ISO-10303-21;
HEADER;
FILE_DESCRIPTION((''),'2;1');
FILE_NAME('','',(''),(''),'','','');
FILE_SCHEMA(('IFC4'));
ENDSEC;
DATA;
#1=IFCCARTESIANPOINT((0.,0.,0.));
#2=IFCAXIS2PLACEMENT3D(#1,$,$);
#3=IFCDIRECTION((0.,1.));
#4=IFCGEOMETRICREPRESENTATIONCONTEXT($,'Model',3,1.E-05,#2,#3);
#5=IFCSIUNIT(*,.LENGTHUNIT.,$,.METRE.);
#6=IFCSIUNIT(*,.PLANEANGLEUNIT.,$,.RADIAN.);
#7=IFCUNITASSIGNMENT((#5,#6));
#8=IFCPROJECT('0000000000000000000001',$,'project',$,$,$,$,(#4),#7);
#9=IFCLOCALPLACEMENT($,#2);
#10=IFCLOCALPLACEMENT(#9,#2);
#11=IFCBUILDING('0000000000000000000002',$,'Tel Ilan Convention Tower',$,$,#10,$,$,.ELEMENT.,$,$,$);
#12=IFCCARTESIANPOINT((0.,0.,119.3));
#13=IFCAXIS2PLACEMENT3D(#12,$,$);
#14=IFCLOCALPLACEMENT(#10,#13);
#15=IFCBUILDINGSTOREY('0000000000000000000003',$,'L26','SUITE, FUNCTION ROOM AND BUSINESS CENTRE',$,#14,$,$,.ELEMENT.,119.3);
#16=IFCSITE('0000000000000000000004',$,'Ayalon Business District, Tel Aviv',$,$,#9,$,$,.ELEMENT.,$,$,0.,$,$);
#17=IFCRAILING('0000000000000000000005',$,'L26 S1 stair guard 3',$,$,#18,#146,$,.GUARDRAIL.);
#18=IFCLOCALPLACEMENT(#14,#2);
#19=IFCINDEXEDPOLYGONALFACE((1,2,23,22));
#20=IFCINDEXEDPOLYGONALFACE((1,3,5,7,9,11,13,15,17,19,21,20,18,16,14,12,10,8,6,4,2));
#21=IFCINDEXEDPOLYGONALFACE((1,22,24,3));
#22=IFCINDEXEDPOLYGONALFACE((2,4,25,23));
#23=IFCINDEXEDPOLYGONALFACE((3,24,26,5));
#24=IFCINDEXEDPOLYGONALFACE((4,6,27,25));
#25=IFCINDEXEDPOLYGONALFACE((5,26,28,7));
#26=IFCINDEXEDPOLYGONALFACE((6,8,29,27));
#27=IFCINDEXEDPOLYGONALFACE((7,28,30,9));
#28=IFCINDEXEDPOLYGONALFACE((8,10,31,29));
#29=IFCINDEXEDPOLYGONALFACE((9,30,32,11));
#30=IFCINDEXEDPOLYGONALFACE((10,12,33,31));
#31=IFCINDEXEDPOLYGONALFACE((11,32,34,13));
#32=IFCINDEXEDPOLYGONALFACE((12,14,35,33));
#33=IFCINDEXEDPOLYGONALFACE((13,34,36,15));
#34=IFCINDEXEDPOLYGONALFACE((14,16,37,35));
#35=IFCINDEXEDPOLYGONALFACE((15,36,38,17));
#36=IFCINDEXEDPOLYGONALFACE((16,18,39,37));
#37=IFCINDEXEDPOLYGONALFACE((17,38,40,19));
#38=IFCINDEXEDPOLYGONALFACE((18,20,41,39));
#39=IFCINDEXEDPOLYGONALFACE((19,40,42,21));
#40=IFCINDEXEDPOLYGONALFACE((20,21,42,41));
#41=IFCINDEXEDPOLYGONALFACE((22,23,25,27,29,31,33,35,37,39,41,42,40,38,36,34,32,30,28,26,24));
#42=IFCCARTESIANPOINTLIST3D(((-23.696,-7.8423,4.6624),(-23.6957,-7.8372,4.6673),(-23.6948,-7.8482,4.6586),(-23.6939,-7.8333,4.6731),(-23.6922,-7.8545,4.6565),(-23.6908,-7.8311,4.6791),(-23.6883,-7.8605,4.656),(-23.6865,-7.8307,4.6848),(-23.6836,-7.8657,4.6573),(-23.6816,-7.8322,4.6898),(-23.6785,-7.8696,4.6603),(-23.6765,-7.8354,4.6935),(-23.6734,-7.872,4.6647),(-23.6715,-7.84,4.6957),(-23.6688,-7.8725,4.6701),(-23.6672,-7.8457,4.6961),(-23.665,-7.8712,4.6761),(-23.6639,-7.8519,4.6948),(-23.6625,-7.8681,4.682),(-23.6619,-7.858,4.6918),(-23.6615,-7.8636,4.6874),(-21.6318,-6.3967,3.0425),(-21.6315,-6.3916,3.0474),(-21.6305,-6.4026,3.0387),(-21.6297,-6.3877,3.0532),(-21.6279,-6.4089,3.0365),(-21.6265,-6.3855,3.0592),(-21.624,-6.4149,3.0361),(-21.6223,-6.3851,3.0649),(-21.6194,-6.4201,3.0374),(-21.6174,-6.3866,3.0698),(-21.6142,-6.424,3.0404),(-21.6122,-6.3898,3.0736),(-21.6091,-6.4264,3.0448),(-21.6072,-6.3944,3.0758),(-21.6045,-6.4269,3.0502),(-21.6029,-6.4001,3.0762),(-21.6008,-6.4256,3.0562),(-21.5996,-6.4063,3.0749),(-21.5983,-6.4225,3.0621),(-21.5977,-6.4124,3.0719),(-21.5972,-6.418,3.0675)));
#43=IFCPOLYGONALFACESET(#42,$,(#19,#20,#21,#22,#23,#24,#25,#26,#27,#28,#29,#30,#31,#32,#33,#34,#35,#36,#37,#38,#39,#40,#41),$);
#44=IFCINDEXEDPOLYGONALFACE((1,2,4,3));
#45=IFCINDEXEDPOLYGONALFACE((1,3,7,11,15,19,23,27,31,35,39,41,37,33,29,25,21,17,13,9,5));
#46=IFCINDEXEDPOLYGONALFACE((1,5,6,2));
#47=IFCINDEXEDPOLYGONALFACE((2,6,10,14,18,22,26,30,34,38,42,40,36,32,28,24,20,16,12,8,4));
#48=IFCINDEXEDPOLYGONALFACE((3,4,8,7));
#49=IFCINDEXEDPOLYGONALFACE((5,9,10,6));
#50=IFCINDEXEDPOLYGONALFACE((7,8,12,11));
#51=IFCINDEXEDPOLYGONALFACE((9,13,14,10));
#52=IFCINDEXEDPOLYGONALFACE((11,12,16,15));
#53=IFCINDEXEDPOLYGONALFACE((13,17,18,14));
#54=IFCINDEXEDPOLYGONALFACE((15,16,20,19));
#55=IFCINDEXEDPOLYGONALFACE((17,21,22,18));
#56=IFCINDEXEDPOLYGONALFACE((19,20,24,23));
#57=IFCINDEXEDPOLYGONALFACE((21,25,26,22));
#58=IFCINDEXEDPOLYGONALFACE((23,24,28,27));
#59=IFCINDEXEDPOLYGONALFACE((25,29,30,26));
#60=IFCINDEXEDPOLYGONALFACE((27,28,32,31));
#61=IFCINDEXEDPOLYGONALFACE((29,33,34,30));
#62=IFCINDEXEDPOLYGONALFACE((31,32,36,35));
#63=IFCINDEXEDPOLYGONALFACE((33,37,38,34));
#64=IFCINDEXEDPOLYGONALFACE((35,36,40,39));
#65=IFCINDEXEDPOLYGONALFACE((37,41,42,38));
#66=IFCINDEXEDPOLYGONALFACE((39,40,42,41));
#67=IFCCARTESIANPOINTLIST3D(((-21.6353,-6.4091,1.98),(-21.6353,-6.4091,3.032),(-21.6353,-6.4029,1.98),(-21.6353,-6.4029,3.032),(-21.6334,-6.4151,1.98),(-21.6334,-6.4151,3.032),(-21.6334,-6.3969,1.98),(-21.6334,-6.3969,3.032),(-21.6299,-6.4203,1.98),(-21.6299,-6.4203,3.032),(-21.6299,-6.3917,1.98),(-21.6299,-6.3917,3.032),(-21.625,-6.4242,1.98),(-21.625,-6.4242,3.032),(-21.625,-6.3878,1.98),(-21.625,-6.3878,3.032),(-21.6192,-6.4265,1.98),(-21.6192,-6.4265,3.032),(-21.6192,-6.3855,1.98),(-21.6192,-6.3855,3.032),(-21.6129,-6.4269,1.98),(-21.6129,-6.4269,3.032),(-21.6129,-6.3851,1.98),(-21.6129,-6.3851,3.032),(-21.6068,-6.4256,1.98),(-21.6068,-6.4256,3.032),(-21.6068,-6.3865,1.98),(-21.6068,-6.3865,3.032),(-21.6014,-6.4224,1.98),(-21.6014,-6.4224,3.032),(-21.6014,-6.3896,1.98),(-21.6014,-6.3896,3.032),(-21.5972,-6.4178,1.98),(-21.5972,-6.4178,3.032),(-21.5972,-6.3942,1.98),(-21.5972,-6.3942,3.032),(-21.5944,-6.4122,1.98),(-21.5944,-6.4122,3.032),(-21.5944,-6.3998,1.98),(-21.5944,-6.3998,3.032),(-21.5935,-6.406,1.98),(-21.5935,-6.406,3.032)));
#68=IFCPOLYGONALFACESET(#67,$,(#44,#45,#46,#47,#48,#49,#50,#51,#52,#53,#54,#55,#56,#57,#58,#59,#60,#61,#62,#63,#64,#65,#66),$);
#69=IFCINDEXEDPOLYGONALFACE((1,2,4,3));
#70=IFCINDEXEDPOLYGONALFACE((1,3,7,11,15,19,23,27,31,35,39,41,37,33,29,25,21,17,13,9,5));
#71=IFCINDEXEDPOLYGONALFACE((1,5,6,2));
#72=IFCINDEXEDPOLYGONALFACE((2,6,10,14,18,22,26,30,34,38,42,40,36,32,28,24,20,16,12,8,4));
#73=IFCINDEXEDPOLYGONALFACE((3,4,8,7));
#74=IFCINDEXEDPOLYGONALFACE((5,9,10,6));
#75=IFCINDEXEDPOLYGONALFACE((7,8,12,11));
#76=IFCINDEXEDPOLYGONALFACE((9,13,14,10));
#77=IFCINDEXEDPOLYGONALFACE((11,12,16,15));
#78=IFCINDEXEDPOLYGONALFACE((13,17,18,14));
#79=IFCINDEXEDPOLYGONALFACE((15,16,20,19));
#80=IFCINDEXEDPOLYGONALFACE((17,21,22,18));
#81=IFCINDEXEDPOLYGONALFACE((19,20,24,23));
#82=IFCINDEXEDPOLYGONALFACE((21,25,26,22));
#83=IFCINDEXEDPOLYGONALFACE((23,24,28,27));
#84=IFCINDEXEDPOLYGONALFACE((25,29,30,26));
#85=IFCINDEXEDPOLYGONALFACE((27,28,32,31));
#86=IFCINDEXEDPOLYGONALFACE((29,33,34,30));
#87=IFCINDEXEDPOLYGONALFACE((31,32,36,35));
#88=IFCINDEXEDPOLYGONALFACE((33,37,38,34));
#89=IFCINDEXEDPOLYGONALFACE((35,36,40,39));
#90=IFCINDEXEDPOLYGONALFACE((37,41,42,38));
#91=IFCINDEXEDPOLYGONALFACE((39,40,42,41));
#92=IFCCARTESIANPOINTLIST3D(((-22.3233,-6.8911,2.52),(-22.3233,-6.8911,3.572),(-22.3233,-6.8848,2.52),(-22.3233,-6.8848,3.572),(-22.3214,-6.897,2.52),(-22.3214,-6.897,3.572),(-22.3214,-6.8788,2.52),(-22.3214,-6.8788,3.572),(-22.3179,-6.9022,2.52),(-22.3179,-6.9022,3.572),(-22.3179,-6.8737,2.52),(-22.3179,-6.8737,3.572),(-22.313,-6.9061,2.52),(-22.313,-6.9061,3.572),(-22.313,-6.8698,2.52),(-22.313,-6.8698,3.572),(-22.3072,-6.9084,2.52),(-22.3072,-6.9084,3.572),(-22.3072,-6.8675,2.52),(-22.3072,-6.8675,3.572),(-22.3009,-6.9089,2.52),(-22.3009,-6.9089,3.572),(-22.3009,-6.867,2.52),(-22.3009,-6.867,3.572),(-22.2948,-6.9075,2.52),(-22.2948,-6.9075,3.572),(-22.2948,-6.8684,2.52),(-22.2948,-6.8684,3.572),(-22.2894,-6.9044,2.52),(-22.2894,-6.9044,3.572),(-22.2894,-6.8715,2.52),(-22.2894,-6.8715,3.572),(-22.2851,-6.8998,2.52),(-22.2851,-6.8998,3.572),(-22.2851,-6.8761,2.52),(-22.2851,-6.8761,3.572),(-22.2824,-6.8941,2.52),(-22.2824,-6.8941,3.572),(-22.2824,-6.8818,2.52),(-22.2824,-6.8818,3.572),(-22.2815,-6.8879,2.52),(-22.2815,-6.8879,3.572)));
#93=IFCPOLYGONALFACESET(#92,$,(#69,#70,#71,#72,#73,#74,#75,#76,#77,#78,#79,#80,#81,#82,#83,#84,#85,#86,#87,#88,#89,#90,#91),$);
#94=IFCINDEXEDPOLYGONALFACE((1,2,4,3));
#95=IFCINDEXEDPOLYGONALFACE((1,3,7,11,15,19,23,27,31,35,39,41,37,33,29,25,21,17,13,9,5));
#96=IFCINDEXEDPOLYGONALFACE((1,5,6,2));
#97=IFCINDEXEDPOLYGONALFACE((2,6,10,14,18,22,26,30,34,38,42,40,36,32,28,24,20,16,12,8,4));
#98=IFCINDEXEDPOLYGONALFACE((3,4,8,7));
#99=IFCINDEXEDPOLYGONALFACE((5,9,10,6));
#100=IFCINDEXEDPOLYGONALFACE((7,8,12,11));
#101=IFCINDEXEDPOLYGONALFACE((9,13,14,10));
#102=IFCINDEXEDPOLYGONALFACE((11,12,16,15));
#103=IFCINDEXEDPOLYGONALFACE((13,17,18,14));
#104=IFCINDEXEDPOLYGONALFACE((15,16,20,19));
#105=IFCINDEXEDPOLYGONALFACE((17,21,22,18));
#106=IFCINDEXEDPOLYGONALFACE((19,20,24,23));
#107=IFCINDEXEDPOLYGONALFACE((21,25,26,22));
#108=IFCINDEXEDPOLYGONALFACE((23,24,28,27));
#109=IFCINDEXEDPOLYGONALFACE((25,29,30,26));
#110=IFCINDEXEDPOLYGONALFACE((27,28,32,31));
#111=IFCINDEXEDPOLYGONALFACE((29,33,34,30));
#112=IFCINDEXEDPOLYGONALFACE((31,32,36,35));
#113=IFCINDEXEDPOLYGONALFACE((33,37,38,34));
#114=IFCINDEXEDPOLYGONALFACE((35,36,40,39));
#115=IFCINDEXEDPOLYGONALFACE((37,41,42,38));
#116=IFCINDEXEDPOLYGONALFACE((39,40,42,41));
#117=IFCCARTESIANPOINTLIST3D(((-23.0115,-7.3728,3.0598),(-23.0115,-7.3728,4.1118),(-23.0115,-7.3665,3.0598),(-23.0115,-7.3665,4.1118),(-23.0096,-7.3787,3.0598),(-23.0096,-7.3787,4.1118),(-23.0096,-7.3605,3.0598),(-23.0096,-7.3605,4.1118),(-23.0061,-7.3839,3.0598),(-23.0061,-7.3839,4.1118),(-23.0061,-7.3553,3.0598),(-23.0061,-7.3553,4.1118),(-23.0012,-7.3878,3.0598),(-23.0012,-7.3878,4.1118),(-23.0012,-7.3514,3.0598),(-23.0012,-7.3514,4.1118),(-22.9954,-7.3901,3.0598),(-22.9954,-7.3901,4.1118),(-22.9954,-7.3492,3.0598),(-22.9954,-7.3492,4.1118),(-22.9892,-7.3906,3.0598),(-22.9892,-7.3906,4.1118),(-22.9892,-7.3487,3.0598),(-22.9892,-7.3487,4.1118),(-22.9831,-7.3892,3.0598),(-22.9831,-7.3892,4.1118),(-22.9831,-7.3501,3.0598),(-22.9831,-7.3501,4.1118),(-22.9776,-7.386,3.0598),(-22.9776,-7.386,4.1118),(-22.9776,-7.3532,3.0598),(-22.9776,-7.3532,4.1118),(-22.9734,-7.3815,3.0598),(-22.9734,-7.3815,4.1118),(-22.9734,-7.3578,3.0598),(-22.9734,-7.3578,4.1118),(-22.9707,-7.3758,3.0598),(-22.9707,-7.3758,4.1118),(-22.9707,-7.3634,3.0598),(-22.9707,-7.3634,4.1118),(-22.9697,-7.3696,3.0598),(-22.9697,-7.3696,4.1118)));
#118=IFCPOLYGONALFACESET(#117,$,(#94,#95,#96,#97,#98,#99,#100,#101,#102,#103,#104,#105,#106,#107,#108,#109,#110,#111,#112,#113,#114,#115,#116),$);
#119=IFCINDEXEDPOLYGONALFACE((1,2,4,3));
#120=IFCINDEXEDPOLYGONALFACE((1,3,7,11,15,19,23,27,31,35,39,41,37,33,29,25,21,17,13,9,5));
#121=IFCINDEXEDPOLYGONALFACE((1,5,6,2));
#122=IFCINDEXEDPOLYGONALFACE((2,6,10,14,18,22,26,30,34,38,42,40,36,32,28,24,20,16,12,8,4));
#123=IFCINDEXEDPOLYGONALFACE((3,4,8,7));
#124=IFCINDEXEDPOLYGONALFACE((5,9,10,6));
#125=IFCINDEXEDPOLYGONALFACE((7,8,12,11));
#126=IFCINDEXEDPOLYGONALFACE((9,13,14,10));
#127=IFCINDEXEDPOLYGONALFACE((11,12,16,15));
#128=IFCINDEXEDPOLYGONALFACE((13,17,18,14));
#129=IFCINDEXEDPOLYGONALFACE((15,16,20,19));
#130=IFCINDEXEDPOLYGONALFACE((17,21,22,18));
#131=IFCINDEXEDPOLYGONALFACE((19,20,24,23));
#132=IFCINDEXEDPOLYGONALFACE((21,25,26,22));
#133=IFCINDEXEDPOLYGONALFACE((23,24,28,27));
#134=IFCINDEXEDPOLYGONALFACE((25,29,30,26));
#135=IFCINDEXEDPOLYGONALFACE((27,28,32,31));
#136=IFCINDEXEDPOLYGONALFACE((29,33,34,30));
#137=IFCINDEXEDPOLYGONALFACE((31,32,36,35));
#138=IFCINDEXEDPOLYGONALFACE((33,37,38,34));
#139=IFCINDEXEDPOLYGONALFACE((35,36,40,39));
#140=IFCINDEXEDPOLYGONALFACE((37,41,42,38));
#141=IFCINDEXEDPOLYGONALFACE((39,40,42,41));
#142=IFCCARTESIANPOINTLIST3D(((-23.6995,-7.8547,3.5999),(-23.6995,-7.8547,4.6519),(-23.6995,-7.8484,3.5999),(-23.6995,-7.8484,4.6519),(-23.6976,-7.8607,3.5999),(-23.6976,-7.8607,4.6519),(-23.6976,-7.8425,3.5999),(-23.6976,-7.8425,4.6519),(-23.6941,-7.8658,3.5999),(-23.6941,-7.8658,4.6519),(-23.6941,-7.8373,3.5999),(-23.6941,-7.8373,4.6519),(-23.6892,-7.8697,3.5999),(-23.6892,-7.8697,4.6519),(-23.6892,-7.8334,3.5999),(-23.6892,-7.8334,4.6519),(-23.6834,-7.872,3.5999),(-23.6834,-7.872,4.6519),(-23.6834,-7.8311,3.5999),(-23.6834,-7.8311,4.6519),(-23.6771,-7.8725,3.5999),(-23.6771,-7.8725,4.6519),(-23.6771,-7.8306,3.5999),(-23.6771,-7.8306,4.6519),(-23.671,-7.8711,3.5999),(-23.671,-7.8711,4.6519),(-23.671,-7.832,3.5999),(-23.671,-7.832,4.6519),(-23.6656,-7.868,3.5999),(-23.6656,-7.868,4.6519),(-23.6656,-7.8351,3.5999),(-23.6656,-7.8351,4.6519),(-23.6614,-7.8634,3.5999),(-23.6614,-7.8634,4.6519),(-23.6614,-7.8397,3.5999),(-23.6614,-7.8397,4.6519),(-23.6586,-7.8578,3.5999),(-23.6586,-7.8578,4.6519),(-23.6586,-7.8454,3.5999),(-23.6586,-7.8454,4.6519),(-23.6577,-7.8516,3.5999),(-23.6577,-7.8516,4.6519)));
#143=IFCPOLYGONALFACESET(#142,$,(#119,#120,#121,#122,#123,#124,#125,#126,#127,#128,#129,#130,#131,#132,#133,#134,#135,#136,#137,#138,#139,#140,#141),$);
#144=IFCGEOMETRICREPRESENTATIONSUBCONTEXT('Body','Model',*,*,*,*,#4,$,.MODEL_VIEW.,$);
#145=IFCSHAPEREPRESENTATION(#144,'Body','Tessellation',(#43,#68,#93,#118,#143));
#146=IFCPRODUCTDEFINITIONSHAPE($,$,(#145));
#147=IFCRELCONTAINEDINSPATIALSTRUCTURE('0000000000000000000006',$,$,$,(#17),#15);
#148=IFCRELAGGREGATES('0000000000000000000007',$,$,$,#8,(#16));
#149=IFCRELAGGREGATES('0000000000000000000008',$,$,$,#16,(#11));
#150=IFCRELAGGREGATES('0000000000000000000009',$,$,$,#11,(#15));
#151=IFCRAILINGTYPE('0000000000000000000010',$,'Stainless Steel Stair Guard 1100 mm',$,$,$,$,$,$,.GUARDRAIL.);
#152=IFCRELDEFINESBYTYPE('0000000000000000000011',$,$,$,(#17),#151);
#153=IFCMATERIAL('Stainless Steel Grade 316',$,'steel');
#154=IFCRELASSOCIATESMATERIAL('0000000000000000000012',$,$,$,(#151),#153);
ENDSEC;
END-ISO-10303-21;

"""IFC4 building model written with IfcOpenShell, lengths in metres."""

from ifc_helpers import new_model, si_unit, direction, frame, origin, origin_2d, place, context, subcontext, project, spatial, circle, extrude, material, type_object, element, save


model = new_model("IFC4")

# Units and contexts
model_context = context("Model", 3, precision=1e-05, world=origin(), true_north=direction((0.0, 1.0)))
body_context = subcontext(model_context, "Body", "Model", "MODEL_VIEW")
ifc_project = project(units=[si_unit("LENGTHUNIT", "METRE"), si_unit("PLANEANGLEUNIT", "RADIAN")], contexts=[model_context])

# Site, building, storey
site_placement = place(None, origin())
site = spatial("IfcSite", under=ifc_project, at=site_placement, Name="Ayalon Business District, Tel Aviv", CompositionType="ELEMENT", RefElevation=0.0)
building_placement = place(site_placement, origin())
building = spatial("IfcBuilding", under=site, at=building_placement, Name="Tel Ilan Convention Tower", CompositionType="ELEMENT")
storey_placement = place(building_placement, frame((0.0, 0.0, 119.3)))
storey = spatial("IfcBuildingStorey", under=building, at=storey_placement, Name="L26", Description="SUITE, FUNCTION ROOM AND BUSINESS CENTRE", CompositionType="ELEMENT", Elevation=119.3)

# Railing
ifc_material_1 = material(Name="Stainless Steel Grade 316", Category="steel")
railing_type_1 = type_object("IfcRailingType", Name="Stainless Steel Stair Guard 1100 mm", PredefinedType="GUARDRAIL", material=ifc_material_1)
railing_1_placement = place(storey_placement, frame((-21.6145, -6.406, 1.98)))
element("IfcRailing", 1, at=railing_1_placement, inside=storey, type_object=railing_type_1, Name="L26 S1 stair guard 3", PredefinedType="GUARDRAIL", context=body_context, shape_type="SweptSolid", body=[
    extrude(circle(Radius=0.0239, at=origin_2d()), frame((0.0, 0.0, 1.0762), z_axis=(-0.689043, -0.482534, 0.540722), x_axis=(0.573625, -0.819118, 0.0)), (0.0, 0.0, 1.0), 2.9958),
    extrude(circle(Radius=0.021, at=origin_2d()), origin(), (0.0, 0.0, 1.0), 1.052),
    extrude(circle(Radius=0.021, at=origin_2d()), frame((-0.688, -0.4819, 0.54)), (0.0, 0.0, 1.0), 1.052),
    extrude(circle(Radius=0.021, at=origin_2d()), frame((-1.3762, -0.9636, 1.0798)), (0.0, 0.0, 1.0), 1.052),
    extrude(circle(Radius=0.021, at=origin_2d()), frame((-2.0642, -1.4456, 1.6199)), (0.0, 0.0, 1.0), 1.052),
])

save(model, "model.ifc")
